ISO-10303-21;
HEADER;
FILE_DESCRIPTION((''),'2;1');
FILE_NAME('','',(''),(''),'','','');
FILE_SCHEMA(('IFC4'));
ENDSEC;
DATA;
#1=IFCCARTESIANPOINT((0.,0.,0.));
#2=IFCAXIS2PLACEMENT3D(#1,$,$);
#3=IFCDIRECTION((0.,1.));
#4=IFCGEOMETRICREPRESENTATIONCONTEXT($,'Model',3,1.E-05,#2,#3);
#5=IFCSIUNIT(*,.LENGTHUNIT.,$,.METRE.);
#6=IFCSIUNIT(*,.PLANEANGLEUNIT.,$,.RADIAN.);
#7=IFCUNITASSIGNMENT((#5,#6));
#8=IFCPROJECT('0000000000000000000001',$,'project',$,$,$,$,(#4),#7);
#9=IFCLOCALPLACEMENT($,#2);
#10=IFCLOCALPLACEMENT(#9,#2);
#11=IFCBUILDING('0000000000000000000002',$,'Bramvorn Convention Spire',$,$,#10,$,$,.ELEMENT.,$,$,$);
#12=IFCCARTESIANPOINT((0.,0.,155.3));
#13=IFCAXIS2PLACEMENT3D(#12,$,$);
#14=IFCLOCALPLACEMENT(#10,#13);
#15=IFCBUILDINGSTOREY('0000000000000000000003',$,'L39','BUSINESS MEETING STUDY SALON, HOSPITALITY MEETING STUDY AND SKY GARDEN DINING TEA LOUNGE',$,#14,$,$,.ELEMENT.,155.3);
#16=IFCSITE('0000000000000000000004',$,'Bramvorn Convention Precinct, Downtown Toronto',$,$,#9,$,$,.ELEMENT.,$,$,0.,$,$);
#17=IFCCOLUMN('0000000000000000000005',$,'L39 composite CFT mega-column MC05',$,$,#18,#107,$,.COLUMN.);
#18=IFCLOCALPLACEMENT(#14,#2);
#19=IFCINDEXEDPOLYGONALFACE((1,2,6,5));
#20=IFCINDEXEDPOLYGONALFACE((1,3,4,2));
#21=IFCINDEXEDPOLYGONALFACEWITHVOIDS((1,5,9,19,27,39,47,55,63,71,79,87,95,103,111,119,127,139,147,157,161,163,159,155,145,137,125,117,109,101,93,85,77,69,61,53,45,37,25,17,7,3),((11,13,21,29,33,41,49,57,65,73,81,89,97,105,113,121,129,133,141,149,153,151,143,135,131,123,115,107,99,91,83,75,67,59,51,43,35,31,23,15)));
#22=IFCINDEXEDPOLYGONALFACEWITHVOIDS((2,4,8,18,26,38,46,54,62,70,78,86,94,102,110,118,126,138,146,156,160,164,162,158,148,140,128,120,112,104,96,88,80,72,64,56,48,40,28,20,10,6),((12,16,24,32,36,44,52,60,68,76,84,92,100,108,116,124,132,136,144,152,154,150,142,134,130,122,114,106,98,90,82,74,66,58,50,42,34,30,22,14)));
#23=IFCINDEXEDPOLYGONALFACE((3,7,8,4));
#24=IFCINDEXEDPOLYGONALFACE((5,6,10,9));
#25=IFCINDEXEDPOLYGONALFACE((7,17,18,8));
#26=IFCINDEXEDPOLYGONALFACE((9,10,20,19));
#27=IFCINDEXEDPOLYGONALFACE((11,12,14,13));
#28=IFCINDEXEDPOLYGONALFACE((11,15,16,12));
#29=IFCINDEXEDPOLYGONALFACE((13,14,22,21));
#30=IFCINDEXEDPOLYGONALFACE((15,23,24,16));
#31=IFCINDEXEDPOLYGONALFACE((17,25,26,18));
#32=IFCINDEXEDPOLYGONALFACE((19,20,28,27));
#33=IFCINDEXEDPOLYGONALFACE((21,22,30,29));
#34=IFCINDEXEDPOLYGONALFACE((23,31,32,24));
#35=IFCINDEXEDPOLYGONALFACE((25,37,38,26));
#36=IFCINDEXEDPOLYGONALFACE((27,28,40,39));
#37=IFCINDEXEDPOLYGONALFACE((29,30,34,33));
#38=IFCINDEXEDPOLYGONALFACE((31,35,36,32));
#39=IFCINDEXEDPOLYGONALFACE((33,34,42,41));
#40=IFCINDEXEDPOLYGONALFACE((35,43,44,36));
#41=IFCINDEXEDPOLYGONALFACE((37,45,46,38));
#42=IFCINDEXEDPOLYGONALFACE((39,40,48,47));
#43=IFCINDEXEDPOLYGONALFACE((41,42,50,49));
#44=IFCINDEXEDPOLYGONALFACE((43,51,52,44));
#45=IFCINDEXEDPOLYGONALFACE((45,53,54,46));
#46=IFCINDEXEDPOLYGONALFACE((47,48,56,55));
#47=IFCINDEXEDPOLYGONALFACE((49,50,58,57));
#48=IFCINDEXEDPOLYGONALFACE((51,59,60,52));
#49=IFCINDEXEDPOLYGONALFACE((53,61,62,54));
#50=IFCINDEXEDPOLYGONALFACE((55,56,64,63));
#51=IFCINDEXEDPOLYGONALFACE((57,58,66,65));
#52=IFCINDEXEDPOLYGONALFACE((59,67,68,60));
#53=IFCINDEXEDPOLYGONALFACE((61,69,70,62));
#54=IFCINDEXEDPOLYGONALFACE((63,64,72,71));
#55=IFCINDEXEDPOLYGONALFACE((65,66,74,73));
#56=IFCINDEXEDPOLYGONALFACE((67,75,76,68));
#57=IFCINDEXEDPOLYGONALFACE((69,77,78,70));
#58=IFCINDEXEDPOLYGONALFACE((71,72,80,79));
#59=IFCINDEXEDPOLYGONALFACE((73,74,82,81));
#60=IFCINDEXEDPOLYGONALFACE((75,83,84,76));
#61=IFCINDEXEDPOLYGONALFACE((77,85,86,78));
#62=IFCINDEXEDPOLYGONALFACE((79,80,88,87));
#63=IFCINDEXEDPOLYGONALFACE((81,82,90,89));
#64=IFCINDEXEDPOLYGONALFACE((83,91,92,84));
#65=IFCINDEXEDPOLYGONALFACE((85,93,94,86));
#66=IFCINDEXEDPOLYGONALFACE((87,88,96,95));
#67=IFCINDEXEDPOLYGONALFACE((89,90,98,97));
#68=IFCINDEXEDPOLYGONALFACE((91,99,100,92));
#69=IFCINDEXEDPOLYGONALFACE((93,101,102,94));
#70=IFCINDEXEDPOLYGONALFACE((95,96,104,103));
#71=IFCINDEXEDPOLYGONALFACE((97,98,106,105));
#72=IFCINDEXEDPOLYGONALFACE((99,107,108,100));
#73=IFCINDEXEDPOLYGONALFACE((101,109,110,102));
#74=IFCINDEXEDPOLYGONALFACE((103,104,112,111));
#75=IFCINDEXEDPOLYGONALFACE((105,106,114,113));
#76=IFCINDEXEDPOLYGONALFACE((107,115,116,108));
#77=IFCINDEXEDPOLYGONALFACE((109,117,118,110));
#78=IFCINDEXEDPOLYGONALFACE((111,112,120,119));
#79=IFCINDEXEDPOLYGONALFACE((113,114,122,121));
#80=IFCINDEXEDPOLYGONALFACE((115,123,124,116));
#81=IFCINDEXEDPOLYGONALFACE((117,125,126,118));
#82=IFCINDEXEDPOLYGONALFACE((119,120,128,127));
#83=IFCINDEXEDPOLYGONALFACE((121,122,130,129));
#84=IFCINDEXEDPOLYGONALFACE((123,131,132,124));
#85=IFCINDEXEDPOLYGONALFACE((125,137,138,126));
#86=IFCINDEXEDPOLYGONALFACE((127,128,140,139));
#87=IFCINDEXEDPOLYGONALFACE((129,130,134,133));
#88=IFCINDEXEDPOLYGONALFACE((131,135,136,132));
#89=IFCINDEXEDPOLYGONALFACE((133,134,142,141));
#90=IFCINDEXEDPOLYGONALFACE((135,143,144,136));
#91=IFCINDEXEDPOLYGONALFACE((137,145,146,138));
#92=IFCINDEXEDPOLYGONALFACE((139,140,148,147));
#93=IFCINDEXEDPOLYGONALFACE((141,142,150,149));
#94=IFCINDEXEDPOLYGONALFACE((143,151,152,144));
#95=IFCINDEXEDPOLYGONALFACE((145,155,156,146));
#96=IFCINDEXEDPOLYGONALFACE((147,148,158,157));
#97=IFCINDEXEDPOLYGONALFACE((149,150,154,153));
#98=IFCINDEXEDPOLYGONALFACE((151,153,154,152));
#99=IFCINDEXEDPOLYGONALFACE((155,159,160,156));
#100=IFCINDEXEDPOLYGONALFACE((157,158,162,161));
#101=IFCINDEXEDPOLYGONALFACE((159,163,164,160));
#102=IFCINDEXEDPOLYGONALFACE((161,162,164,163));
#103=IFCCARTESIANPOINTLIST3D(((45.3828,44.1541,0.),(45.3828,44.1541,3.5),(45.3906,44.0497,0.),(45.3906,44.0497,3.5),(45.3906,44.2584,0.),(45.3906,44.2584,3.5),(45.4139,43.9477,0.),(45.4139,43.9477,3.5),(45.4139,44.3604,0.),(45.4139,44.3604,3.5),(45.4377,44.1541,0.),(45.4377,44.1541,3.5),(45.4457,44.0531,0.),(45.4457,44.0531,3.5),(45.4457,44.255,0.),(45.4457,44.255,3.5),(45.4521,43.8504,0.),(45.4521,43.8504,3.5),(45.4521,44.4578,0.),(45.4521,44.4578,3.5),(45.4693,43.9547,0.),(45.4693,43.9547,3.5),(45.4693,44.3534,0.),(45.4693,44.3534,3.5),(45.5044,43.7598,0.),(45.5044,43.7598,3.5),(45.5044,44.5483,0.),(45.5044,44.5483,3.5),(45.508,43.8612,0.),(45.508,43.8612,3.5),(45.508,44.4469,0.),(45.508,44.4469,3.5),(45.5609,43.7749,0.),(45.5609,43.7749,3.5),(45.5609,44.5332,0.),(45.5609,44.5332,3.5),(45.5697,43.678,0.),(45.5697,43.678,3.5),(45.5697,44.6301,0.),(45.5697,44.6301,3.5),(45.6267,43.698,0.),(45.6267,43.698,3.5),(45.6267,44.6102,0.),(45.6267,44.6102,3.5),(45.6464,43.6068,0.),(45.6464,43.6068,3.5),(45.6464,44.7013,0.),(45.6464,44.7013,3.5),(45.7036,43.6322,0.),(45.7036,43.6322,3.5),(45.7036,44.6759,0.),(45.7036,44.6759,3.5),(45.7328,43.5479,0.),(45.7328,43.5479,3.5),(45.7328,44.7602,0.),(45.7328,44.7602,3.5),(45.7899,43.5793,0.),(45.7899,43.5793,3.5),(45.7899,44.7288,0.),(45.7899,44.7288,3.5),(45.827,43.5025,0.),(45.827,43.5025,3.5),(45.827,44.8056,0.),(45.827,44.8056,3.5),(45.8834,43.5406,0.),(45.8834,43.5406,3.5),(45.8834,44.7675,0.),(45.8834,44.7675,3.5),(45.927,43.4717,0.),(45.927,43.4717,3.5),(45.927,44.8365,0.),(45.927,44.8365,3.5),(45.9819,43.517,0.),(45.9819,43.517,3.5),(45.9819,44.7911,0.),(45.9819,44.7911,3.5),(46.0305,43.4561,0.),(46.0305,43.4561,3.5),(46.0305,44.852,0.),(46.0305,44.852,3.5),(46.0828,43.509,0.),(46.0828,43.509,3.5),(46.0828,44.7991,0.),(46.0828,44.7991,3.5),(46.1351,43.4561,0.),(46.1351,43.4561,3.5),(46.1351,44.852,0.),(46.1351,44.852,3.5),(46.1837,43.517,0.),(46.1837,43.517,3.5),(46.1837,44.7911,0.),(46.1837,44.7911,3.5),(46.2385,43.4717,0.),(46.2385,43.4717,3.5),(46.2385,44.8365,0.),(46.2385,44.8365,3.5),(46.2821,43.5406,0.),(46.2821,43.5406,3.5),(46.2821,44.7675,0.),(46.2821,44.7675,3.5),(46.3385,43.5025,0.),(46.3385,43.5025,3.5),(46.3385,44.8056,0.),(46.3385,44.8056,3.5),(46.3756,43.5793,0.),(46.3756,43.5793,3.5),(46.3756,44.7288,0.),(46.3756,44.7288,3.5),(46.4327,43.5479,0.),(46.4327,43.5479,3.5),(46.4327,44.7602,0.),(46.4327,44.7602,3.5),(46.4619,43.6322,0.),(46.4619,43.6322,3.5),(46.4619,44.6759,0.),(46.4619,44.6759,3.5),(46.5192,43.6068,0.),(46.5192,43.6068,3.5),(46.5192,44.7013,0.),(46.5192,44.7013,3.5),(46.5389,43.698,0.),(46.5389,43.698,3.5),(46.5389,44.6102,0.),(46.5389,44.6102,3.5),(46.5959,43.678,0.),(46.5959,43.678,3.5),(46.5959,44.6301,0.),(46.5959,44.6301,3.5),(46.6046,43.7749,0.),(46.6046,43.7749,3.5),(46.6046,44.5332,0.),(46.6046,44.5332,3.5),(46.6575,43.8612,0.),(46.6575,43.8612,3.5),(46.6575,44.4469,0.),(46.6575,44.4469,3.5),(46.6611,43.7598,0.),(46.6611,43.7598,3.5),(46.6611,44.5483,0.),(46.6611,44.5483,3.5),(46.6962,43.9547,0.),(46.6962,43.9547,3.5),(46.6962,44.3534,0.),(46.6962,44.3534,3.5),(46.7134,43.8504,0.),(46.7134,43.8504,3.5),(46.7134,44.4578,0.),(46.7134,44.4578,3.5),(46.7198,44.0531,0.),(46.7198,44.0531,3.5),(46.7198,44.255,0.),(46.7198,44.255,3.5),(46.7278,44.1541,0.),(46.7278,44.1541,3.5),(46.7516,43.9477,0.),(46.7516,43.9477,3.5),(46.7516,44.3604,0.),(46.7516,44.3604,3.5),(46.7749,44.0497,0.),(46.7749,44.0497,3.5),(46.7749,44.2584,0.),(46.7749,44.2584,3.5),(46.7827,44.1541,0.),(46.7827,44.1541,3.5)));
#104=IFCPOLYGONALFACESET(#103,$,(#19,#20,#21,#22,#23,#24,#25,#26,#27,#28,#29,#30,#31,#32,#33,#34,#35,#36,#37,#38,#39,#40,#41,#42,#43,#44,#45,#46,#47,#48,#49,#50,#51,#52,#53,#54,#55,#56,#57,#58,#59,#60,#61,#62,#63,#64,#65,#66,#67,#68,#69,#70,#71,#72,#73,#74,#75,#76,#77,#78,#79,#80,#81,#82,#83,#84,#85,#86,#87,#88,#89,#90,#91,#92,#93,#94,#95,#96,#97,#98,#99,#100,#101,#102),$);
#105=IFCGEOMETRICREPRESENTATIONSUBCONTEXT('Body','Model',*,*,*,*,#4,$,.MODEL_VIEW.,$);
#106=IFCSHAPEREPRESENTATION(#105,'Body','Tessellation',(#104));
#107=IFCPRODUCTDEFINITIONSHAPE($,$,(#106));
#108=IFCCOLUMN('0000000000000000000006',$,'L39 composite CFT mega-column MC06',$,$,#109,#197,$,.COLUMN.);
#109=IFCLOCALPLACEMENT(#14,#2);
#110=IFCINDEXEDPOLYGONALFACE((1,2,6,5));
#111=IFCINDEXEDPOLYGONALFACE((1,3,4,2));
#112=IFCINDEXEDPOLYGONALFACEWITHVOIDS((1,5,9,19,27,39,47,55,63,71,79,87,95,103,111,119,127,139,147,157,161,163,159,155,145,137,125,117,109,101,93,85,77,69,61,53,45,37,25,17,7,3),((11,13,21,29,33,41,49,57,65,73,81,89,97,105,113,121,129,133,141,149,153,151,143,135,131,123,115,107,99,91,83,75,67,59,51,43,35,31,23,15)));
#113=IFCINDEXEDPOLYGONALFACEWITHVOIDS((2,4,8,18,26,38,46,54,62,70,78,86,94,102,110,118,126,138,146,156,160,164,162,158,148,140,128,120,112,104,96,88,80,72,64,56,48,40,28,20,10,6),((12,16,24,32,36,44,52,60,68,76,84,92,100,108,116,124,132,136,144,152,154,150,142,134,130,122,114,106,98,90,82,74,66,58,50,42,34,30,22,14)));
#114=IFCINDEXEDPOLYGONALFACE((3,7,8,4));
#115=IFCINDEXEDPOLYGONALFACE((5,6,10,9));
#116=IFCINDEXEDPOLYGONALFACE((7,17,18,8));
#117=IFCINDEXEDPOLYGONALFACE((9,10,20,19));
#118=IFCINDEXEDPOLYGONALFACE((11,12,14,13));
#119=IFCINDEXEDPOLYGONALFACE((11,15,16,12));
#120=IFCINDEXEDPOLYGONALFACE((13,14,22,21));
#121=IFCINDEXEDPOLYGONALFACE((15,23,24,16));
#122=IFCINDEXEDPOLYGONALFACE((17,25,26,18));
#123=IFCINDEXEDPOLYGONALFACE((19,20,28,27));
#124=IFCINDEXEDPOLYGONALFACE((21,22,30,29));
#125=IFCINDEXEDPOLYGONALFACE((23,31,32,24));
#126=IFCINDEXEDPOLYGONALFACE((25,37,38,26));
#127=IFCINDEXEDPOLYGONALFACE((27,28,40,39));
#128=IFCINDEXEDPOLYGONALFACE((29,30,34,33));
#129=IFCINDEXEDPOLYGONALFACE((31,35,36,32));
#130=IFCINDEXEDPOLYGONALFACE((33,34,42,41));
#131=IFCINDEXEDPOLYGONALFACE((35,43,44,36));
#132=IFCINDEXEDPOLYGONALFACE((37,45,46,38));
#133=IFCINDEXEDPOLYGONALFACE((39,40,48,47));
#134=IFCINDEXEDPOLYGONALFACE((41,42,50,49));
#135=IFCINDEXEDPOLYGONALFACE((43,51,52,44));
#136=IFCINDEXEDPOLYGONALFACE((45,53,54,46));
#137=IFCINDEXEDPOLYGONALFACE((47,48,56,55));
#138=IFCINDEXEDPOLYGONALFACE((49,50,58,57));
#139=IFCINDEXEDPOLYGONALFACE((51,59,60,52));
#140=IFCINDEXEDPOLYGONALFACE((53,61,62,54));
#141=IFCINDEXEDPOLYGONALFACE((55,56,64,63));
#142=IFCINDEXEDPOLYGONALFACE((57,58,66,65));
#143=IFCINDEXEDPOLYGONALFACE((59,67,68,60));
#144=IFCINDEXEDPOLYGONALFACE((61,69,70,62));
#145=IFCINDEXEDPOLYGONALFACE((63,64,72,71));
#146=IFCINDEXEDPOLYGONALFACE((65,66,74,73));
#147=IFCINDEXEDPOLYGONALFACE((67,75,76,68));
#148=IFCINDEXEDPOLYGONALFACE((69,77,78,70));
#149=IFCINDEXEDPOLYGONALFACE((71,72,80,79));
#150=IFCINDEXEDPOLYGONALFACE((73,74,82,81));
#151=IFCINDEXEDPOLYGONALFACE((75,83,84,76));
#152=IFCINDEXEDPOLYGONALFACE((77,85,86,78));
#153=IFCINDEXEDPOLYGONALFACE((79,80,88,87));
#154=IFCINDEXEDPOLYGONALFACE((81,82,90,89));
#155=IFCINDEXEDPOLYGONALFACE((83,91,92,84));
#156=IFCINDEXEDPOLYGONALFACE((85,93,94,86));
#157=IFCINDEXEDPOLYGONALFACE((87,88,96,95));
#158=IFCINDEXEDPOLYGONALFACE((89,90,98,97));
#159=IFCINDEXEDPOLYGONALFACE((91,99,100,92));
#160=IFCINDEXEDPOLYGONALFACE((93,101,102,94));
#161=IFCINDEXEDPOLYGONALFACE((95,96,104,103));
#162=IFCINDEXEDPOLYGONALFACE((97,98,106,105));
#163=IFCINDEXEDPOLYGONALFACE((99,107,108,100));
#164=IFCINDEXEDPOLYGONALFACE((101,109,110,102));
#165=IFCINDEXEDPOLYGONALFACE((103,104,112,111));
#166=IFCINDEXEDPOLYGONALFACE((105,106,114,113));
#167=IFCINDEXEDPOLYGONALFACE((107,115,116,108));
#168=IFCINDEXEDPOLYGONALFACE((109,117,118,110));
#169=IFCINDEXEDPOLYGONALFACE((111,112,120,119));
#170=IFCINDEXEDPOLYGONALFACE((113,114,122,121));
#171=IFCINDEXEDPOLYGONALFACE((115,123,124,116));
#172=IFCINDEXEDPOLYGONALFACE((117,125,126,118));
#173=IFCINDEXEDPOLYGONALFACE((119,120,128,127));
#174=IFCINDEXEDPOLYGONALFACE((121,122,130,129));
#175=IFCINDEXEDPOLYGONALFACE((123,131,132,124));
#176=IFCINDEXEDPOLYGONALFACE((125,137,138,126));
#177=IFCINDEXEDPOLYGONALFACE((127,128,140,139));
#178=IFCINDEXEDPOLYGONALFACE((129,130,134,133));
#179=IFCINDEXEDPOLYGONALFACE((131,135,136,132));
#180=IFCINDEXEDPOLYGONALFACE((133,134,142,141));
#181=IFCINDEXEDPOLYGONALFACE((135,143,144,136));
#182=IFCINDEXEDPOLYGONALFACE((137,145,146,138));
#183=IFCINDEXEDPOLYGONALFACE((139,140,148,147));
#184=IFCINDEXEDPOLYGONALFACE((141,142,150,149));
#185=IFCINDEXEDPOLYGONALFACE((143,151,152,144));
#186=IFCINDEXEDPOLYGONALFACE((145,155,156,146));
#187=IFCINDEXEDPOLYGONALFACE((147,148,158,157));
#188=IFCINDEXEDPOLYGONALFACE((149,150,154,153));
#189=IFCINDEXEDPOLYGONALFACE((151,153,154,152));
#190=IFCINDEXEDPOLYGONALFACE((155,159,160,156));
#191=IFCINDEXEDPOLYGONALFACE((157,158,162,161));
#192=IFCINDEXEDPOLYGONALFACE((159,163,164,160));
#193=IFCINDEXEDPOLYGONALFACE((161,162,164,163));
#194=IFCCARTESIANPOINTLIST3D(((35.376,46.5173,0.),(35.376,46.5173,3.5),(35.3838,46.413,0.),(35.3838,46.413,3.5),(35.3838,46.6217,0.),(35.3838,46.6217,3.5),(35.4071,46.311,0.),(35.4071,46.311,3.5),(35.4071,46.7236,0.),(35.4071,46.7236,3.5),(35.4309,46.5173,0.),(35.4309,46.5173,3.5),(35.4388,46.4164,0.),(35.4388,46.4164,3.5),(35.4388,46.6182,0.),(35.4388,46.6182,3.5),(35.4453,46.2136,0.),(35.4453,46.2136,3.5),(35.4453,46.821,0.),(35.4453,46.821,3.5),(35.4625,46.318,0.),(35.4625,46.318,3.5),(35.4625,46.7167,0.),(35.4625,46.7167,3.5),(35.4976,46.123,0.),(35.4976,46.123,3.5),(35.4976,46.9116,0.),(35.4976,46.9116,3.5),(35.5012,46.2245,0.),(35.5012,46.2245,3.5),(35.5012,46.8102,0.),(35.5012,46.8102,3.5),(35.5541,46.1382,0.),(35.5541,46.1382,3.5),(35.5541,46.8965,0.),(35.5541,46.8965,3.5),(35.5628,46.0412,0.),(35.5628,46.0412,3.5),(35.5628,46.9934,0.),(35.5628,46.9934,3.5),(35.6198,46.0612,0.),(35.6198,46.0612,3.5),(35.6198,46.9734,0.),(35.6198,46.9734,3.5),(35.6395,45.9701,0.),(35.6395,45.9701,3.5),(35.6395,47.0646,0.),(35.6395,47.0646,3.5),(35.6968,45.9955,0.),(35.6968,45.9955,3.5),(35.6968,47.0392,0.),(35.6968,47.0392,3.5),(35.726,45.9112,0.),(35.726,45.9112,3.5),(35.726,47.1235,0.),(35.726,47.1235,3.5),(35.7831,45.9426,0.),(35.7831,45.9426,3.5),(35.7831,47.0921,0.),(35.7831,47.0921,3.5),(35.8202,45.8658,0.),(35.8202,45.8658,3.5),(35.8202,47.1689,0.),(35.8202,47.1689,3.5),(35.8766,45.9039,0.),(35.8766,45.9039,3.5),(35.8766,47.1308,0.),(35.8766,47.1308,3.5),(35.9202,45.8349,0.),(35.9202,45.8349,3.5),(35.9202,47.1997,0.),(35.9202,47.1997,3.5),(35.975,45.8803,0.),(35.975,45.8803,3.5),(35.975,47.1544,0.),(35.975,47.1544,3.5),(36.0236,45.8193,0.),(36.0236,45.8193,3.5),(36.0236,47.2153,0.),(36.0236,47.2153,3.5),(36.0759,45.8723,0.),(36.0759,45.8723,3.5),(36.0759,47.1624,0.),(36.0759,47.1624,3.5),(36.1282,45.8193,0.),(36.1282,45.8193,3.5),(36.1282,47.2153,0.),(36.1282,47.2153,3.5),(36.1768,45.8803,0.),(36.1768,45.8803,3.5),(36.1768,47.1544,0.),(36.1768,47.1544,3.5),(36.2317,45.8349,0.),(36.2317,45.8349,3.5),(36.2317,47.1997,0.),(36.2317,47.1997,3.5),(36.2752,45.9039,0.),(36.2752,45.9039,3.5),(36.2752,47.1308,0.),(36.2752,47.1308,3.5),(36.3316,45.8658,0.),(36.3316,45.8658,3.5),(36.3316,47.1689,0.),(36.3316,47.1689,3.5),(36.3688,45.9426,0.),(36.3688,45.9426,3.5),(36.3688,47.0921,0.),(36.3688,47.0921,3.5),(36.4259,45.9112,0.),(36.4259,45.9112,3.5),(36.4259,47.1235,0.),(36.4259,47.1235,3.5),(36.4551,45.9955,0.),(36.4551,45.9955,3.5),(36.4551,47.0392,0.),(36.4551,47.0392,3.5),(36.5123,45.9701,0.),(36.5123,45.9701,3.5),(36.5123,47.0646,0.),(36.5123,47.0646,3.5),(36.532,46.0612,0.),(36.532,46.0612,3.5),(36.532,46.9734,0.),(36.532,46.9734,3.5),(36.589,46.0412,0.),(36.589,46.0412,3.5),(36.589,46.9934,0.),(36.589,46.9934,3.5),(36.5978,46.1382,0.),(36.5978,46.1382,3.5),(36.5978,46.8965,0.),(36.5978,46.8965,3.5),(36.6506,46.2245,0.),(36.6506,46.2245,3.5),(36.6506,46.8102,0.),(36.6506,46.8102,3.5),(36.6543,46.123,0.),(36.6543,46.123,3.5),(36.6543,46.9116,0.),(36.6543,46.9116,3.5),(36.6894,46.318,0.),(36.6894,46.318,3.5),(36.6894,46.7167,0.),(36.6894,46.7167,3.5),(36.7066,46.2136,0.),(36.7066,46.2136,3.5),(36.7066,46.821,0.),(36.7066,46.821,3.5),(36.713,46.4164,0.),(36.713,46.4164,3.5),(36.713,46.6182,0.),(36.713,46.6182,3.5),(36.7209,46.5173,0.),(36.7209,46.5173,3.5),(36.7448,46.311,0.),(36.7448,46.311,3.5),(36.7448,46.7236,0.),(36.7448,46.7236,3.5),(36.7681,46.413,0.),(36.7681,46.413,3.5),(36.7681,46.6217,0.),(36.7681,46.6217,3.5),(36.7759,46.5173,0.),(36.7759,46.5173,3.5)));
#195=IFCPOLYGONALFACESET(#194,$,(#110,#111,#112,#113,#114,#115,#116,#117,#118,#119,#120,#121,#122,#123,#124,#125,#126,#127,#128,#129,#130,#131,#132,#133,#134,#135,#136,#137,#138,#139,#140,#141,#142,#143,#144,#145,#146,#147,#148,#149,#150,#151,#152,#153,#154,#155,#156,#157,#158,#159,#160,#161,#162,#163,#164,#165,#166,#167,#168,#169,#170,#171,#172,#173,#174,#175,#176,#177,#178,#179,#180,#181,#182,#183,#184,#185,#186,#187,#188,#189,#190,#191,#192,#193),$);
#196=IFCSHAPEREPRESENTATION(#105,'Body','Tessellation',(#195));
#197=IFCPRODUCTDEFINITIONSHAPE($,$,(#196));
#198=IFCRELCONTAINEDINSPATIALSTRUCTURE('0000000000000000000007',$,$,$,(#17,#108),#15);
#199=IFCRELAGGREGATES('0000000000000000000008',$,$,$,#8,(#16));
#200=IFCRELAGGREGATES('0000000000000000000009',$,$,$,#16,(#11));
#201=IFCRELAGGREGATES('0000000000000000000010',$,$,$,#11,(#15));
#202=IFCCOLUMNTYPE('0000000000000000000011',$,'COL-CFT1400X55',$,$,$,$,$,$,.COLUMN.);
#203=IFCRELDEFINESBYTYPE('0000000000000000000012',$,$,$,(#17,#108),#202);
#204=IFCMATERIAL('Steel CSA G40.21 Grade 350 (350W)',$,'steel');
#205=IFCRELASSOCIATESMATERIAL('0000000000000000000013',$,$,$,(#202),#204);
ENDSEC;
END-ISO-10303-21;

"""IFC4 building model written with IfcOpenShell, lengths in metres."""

from ifc_helpers import new_model, si_unit, direction, frame, origin, origin_2d, place, context, subcontext, project, spatial, hollow_circle, extrude, material, material_profile, profile_set, type_object, element, save


model = new_model("IFC4")

# Units and contexts
model_context = context("Model", 3, precision=1e-05, world=origin(), true_north=direction((0.0, 1.0)))
body_context = subcontext(model_context, "Body", "Model", "MODEL_VIEW")
ifc_project = project(units=[si_unit("LENGTHUNIT", "METRE"), si_unit("PLANEANGLEUNIT", "RADIAN")], contexts=[model_context])

# Site, building, storey
site_placement = place(None, origin())
site = spatial("IfcSite", under=ifc_project, at=site_placement, Name="Bramvorn Convention Precinct, Downtown Toronto", CompositionType="ELEMENT", RefElevation=0.0)
building_placement = place(site_placement, origin())
building = spatial("IfcBuilding", under=site, at=building_placement, Name="Bramvorn Convention Spire", CompositionType="ELEMENT")
storey_placement = place(building_placement, frame((0.0, 0.0, 155.3)))
storey = spatial("IfcBuildingStorey", under=building, at=storey_placement, Name="L39", Description="BUSINESS MEETING STUDY SALON, HOSPITALITY MEETING STUDY AND SKY GARDEN DINING TEA LOUNGE", CompositionType="ELEMENT", Elevation=155.3)

# Columns
ifc_material_1 = material(Name="Steel CSA G40.21 Grade 350 (350W)", Category="steel")
ifc_material_profile_1 = material_profile(ifc_material_1, hollow_circle(Radius=0.7, WallThickness=0.0549, at=origin_2d()))
ifc_profile_set_1 = profile_set([ifc_material_profile_1], Name="Steel CSA G40.21 Grade 350 (350W) - CFT1400X55")
column_type = type_object("IfcColumnType", Name="COL-CFT1400X55", PredefinedType="COLUMN", material=ifc_profile_set_1)
for number, where, z_axis, x_axis, name in (
    (1, (46.0828, 44.1541, 0.0), (0.0, 0.0, 1.0), (1.0, 0.0, 0.0), "L39 composite CFT mega-column MC05"),
    (2, (36.0759, 46.5173, 0.0), (0.0, 0.0, 1.0), (1.0, 0.0, 0.0), "L39 composite CFT mega-column MC06"),
):
    element("IfcColumn", number, at=place(storey_placement, frame(where, z_axis=z_axis, x_axis=x_axis)), inside=storey, type_object=column_type, Name=name, PredefinedType="COLUMN", context=body_context, shape_type="SweptSolid", body=[
        extrude(hollow_circle(Radius=0.7, WallThickness=0.0549, at=origin_2d()), origin(), (0.0, 0.0, 1.0), 3.5),
    ])

save(model, "model.ifc")
